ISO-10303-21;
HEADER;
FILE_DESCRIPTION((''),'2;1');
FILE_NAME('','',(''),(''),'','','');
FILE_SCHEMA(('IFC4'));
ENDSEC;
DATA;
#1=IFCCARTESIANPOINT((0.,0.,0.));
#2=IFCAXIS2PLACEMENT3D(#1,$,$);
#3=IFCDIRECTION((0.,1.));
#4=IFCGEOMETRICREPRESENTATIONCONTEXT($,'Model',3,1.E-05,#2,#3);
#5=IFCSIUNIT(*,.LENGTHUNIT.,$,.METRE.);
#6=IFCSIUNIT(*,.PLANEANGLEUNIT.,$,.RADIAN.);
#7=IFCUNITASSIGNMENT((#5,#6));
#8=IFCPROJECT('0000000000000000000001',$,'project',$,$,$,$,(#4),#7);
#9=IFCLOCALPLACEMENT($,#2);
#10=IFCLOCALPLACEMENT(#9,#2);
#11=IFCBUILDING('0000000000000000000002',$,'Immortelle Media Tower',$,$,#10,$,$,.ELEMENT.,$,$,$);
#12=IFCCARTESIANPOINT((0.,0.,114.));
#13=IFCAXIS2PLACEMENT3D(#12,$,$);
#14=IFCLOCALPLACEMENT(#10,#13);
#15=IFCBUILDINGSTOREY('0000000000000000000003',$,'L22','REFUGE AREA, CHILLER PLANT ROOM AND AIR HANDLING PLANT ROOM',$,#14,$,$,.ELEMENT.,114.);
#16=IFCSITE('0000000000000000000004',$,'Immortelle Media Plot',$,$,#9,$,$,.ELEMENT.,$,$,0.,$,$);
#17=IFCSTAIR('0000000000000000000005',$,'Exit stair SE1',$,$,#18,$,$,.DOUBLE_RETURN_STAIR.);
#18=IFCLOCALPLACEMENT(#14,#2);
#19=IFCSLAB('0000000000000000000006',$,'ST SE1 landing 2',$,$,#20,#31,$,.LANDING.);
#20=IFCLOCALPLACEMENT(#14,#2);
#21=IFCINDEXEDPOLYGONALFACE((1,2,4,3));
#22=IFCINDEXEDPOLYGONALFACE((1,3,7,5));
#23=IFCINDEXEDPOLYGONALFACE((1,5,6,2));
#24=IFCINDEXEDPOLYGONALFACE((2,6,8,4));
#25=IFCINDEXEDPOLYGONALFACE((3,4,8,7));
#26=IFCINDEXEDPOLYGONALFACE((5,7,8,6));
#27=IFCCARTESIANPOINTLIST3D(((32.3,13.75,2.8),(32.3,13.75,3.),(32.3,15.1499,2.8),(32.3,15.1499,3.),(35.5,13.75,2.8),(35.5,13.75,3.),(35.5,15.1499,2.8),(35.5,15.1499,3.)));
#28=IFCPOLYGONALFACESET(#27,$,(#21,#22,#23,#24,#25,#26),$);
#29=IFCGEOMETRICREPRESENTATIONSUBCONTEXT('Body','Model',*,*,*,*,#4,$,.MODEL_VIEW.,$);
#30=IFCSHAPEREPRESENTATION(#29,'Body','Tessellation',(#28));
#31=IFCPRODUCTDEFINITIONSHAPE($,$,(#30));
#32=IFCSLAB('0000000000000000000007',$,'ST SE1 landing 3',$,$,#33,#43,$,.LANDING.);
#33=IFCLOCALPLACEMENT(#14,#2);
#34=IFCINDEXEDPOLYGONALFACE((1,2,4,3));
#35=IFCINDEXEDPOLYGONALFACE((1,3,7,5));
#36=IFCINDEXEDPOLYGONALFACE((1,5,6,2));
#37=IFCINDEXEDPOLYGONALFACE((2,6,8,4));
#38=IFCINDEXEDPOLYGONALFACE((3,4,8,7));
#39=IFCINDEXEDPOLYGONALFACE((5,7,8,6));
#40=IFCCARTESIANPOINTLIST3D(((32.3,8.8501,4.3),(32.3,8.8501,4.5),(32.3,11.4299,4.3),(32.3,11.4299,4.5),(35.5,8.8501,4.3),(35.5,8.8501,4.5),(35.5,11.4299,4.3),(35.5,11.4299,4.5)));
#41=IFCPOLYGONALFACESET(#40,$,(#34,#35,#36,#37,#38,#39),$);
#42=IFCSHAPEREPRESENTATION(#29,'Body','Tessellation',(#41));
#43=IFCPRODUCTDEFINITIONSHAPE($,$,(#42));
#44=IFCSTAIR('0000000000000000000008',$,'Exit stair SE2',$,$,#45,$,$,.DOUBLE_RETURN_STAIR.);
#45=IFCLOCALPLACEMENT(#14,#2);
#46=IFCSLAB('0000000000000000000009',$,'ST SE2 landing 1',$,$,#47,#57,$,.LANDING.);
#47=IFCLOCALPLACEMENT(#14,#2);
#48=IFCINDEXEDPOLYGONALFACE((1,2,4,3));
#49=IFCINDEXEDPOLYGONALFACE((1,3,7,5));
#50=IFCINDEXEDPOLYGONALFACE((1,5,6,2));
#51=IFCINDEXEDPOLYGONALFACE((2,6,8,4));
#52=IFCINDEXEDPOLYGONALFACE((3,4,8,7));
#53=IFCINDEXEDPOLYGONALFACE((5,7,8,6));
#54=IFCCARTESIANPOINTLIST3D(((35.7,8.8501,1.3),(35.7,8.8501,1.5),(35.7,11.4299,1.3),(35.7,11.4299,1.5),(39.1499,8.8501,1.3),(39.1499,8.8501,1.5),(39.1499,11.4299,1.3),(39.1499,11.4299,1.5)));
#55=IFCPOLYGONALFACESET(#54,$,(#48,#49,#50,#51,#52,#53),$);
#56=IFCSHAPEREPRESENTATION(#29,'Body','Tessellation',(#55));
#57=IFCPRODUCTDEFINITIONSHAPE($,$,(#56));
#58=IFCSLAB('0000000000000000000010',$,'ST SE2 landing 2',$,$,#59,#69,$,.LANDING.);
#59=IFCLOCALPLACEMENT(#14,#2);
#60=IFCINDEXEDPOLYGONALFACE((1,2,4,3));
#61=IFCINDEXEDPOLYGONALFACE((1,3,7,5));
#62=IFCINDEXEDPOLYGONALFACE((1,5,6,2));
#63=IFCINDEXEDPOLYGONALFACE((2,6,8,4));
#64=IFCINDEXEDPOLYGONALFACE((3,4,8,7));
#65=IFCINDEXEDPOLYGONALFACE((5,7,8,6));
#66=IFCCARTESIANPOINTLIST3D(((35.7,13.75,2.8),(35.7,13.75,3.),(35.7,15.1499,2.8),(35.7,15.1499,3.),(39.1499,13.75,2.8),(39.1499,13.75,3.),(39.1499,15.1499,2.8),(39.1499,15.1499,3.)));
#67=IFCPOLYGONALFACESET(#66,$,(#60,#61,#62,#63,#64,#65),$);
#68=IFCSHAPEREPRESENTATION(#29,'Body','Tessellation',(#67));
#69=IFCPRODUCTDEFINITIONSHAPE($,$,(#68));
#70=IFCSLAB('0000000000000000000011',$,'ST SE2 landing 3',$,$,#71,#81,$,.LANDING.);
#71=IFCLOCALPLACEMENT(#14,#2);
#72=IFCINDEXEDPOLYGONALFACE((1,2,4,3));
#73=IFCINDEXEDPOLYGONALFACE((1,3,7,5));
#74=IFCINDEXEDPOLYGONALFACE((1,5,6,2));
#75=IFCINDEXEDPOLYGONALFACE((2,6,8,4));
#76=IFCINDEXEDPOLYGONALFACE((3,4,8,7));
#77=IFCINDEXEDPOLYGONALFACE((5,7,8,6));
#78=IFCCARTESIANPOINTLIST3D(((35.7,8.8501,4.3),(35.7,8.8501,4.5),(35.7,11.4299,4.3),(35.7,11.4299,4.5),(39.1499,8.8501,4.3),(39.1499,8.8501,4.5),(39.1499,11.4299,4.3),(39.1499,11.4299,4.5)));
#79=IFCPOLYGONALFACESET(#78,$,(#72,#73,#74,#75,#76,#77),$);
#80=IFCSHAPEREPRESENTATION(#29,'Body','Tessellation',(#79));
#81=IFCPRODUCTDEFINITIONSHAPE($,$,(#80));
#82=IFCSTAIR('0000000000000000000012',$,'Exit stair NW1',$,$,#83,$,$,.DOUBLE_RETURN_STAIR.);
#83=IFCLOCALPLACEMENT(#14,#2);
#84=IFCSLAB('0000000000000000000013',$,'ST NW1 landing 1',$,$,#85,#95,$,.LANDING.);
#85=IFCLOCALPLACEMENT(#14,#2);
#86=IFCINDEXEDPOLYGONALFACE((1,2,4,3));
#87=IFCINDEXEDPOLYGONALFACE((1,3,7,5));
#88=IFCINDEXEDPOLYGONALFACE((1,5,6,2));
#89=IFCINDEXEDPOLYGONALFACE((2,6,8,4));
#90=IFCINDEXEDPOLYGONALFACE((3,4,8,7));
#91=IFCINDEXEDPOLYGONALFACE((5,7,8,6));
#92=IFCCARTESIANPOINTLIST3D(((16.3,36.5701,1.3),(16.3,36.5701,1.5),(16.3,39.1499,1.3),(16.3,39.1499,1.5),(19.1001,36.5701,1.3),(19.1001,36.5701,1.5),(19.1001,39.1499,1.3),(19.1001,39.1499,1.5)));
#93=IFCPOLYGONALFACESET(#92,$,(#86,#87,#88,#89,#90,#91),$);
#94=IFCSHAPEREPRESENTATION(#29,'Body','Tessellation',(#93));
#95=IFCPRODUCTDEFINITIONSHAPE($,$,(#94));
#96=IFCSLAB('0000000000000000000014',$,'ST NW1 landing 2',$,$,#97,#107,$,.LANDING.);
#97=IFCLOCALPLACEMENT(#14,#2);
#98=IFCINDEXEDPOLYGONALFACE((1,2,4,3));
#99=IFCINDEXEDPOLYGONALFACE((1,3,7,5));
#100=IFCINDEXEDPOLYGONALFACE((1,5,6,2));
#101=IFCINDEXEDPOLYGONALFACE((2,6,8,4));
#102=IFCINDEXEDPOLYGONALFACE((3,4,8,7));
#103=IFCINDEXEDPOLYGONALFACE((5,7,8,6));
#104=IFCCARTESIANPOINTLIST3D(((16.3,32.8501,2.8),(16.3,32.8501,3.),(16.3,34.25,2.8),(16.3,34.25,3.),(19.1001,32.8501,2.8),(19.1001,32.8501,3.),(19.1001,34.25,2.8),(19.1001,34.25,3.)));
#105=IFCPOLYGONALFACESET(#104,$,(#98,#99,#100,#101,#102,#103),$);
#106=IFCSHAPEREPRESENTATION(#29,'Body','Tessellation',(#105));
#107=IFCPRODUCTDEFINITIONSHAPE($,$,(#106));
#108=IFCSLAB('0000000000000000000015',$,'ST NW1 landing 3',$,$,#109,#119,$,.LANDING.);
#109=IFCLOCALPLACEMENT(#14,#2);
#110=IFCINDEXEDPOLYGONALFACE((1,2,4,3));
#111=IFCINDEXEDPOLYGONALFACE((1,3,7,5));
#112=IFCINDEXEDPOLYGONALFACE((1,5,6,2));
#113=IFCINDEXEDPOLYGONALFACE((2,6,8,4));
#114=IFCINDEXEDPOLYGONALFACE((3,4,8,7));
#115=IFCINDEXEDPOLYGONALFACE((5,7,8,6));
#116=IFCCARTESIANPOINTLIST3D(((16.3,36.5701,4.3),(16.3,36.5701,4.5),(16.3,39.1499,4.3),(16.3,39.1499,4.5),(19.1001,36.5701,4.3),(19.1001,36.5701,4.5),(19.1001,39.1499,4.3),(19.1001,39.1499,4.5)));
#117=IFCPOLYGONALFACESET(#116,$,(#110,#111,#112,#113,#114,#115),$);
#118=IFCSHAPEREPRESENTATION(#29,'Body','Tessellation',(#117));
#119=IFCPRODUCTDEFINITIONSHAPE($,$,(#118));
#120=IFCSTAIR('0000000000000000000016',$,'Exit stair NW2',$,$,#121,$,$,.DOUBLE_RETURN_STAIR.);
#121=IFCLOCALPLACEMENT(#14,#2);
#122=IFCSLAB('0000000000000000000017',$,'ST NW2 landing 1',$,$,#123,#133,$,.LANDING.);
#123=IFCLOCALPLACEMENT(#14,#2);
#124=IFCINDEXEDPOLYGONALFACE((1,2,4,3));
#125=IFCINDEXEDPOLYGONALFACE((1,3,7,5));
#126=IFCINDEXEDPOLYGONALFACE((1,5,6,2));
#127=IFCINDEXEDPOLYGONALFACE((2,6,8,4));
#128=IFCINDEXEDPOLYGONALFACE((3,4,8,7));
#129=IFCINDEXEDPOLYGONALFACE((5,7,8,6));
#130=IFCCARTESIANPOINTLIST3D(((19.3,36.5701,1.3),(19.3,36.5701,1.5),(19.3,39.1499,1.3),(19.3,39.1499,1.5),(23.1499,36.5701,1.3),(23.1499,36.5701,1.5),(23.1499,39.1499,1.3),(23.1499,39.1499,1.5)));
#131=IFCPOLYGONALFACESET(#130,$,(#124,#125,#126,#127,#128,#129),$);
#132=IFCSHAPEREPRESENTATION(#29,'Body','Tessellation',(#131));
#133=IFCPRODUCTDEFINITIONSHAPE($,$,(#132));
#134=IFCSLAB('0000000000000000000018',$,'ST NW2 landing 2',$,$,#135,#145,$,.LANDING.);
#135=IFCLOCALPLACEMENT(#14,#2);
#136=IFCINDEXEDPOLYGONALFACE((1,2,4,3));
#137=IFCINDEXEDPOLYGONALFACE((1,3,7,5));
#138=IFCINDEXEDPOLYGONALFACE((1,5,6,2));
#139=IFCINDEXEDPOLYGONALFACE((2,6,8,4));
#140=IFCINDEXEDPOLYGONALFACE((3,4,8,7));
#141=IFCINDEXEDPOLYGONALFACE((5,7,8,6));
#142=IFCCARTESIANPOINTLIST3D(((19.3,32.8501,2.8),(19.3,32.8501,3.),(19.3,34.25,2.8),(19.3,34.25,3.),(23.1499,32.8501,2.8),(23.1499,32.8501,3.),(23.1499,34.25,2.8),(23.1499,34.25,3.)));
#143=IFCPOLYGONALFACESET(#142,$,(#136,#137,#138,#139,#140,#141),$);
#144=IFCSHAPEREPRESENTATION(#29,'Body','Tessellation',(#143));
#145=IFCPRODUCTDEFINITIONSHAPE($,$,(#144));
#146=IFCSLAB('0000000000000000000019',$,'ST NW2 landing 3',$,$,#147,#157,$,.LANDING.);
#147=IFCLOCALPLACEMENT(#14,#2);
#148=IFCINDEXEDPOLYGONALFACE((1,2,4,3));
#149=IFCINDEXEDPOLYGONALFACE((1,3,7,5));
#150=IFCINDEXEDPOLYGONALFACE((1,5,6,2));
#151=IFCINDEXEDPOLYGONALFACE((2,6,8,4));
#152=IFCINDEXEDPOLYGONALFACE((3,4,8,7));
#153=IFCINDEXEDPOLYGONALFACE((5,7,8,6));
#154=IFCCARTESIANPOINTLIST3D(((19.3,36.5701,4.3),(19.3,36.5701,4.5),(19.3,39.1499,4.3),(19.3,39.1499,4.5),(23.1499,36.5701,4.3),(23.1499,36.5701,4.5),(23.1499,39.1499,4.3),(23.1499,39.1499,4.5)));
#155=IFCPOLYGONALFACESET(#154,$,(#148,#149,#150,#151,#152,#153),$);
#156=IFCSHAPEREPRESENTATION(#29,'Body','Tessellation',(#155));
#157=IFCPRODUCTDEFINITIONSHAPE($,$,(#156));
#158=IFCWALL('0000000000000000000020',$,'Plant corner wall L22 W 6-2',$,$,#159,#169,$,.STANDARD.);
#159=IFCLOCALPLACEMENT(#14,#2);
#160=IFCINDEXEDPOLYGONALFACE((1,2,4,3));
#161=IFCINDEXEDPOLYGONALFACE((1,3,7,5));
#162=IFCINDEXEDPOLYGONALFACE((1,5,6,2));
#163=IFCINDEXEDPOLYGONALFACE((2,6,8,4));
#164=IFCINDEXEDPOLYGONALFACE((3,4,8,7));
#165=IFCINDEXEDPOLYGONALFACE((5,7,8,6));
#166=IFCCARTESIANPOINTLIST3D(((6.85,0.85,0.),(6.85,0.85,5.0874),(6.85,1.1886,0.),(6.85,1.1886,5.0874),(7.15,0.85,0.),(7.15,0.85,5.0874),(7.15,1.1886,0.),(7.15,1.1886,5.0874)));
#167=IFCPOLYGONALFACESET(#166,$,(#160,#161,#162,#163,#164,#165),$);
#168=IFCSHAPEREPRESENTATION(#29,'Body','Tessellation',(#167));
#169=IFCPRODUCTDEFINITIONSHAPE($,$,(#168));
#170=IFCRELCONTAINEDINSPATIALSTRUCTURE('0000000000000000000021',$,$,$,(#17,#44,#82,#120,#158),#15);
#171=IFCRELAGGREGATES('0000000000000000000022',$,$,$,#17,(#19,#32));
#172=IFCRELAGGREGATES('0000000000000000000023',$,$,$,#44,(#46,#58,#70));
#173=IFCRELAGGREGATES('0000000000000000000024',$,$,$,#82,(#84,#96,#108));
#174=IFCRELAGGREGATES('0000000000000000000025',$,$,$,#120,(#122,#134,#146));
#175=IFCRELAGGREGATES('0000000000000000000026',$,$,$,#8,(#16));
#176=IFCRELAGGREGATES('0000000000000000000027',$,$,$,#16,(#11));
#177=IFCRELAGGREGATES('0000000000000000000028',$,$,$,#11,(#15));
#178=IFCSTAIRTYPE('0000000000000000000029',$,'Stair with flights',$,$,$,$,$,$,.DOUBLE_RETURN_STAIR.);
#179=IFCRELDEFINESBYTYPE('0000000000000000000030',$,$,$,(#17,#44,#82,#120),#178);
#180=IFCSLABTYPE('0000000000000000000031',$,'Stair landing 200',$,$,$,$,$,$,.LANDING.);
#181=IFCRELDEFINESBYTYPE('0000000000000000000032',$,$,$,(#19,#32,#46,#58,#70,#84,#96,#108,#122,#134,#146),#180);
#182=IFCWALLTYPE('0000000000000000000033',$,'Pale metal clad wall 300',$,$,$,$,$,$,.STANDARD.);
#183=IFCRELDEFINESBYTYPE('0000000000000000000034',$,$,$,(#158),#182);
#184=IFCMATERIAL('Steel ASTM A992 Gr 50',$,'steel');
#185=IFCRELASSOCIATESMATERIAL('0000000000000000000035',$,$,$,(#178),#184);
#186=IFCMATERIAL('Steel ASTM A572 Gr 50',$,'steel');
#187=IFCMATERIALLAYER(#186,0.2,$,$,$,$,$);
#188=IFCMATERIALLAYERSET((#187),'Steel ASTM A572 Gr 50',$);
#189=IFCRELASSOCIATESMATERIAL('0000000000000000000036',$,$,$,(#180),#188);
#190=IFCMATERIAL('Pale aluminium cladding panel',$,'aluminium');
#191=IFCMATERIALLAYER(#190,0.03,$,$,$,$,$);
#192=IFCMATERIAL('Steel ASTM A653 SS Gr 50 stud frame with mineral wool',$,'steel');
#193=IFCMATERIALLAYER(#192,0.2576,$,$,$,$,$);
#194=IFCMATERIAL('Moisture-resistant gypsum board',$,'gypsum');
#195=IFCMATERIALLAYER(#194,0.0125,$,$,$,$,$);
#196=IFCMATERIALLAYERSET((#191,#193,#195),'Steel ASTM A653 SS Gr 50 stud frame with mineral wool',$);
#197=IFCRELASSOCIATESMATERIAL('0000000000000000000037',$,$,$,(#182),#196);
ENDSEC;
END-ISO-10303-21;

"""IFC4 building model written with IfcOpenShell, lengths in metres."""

from ifc_helpers import new_model, si_unit, direction, frame, frame_2d, origin, place, context, subcontext, project, spatial, polyline, rectangle, outline, extrude, material, layer, layer_set, type_object, element, aggregate, save


model = new_model("IFC4")

# Units and contexts
model_context = context("Model", 3, precision=1e-05, world=origin(), true_north=direction((0.0, 1.0)))
body_context = subcontext(model_context, "Body", "Model", "MODEL_VIEW")
ifc_project = project(units=[si_unit("LENGTHUNIT", "METRE"), si_unit("PLANEANGLEUNIT", "RADIAN")], contexts=[model_context])

# Site, building, storey
site_placement = place(None, origin())
site = spatial("IfcSite", under=ifc_project, at=site_placement, Name="Immortelle Media Plot", CompositionType="ELEMENT", RefElevation=0.0)
building_placement = place(site_placement, origin())
building = spatial("IfcBuilding", under=site, at=building_placement, Name="Immortelle Media Tower", CompositionType="ELEMENT")
storey_placement = place(building_placement, frame((0.0, 0.0, 114.0)))
storey = spatial("IfcBuildingStorey", under=building, at=storey_placement, Name="L22", Description="REFUGE AREA, CHILLER PLANT ROOM AND AIR HANDLING PLANT ROOM", CompositionType="ELEMENT", Elevation=114.0)

# Shared definitions
ifc_material_1 = material(Name="Steel ASTM A992 Gr 50", Category="steel")

# Stairs, slabs
stair_type = type_object("IfcStairType", Name="Stair with flights", PredefinedType="DOUBLE_RETURN_STAIR", material=ifc_material_1)
ifc_material_2 = material(Name="Steel ASTM A572 Gr 50", Category="steel")
ifc_layer_1 = layer(ifc_material_2, 0.2)
ifc_layer_set_1 = layer_set([ifc_layer_1], Name="Steel ASTM A572 Gr 50")
slab_type_1 = type_object("IfcSlabType", Name="Stair landing 200", PredefinedType="LANDING", material=ifc_layer_set_1)
stair_1_placement = place(storey_placement, origin())
stair_1 = element("IfcStair", 1, at=stair_1_placement, inside=storey, type_object=stair_type, Name="Exit stair SE1", PredefinedType="DOUBLE_RETURN_STAIR")
slab_1_placement = place(storey_placement, frame((0.0, 0.0, 2.8)))
slab_1 = element("IfcSlab", 2, at=slab_1_placement, type_object=slab_type_1, Name="ST SE1 landing 2", PredefinedType="LANDING", context=body_context, shape_type="SweptSolid", body=[
    extrude(outline(polyline([(32.3, 13.75), (35.5, 13.75), (35.5, 15.1499), (32.3, 15.1499), (32.3, 13.75)])), origin(), (0.0, 0.0, 1.0), 0.2),
])
slab_2_placement = place(storey_placement, frame((0.0, 0.0, 4.3)))
slab_2 = element("IfcSlab", 3, at=slab_2_placement, type_object=slab_type_1, Name="ST SE1 landing 3", PredefinedType="LANDING", context=body_context, shape_type="SweptSolid", body=[
    extrude(outline(polyline([(32.3, 8.8501), (35.5, 8.8501), (35.5, 11.4299), (32.3, 11.4299), (32.3, 8.8501)])), origin(), (0.0, 0.0, 1.0), 0.2),
])
aggregate(stair_1, [slab_1, slab_2])
stair_2_placement = place(storey_placement, origin())
stair_2 = element("IfcStair", 4, at=stair_2_placement, inside=storey, type_object=stair_type, Name="Exit stair SE2", PredefinedType="DOUBLE_RETURN_STAIR")
slab_3_placement = place(storey_placement, frame((0.0, 0.0, 1.3)))
slab_3 = element("IfcSlab", 5, at=slab_3_placement, type_object=slab_type_1, Name="ST SE2 landing 1", PredefinedType="LANDING", context=body_context, shape_type="SweptSolid", body=[
    extrude(outline(polyline([(35.7, 8.8501), (39.1499, 8.8501), (39.1499, 11.4299), (35.7, 11.4299), (35.7, 8.8501)])), origin(), (0.0, 0.0, 1.0), 0.2),
])
slab_4_placement = place(storey_placement, frame((0.0, 0.0, 2.8)))
slab_4 = element("IfcSlab", 6, at=slab_4_placement, type_object=slab_type_1, Name="ST SE2 landing 2", PredefinedType="LANDING", context=body_context, shape_type="SweptSolid", body=[
    extrude(outline(polyline([(35.7, 13.75), (39.1499, 13.75), (39.1499, 15.1499), (35.7, 15.1499), (35.7, 13.75)])), origin(), (0.0, 0.0, 1.0), 0.2),
])
slab_5_placement = place(storey_placement, frame((0.0, 0.0, 4.3)))
slab_5 = element("IfcSlab", 7, at=slab_5_placement, type_object=slab_type_1, Name="ST SE2 landing 3", PredefinedType="LANDING", context=body_context, shape_type="SweptSolid", body=[
    extrude(outline(polyline([(35.7, 8.8501), (39.1499, 8.8501), (39.1499, 11.4299), (35.7, 11.4299), (35.7, 8.8501)])), origin(), (0.0, 0.0, 1.0), 0.2),
])
aggregate(stair_2, [slab_3, slab_4, slab_5])
stair_3_placement = place(storey_placement, origin())
stair_3 = element("IfcStair", 8, at=stair_3_placement, inside=storey, type_object=stair_type, Name="Exit stair NW1", PredefinedType="DOUBLE_RETURN_STAIR")
slab_6_placement = place(storey_placement, frame((0.0, 0.0, 1.3)))
slab_6 = element("IfcSlab", 9, at=slab_6_placement, type_object=slab_type_1, Name="ST NW1 landing 1", PredefinedType="LANDING", context=body_context, shape_type="SweptSolid", body=[
    extrude(outline(polyline([(16.3, 36.5701), (19.1001, 36.5701), (19.1001, 39.1499), (16.3, 39.1499), (16.3, 36.5701)])), origin(), (0.0, 0.0, 1.0), 0.2),
])
slab_7_placement = place(storey_placement, frame((0.0, 0.0, 2.8)))
slab_7 = element("IfcSlab", 10, at=slab_7_placement, type_object=slab_type_1, Name="ST NW1 landing 2", PredefinedType="LANDING", context=body_context, shape_type="SweptSolid", body=[
    extrude(outline(polyline([(16.3, 32.8501), (19.1001, 32.8501), (19.1001, 34.25), (16.3, 34.25), (16.3, 32.8501)])), origin(), (0.0, 0.0, 1.0), 0.2),
])
slab_8_placement = place(storey_placement, frame((0.0, 0.0, 4.3)))
slab_8 = element("IfcSlab", 11, at=slab_8_placement, type_object=slab_type_1, Name="ST NW1 landing 3", PredefinedType="LANDING", context=body_context, shape_type="SweptSolid", body=[
    extrude(outline(polyline([(16.3, 36.5701), (19.1001, 36.5701), (19.1001, 39.1499), (16.3, 39.1499), (16.3, 36.5701)])), origin(), (0.0, 0.0, 1.0), 0.2),
])
aggregate(stair_3, [slab_6, slab_7, slab_8])
stair_4_placement = place(storey_placement, origin())
stair_4 = element("IfcStair", 12, at=stair_4_placement, inside=storey, type_object=stair_type, Name="Exit stair NW2", PredefinedType="DOUBLE_RETURN_STAIR")
slab_9_placement = place(storey_placement, frame((0.0, 0.0, 1.3)))
slab_9 = element("IfcSlab", 13, at=slab_9_placement, type_object=slab_type_1, Name="ST NW2 landing 1", PredefinedType="LANDING", context=body_context, shape_type="SweptSolid", body=[
    extrude(outline(polyline([(19.3, 36.5701), (23.1499, 36.5701), (23.1499, 39.1499), (19.3, 39.1499), (19.3, 36.5701)])), origin(), (0.0, 0.0, 1.0), 0.2),
])
slab_10_placement = place(storey_placement, frame((0.0, 0.0, 2.8)))
slab_10 = element("IfcSlab", 14, at=slab_10_placement, type_object=slab_type_1, Name="ST NW2 landing 2", PredefinedType="LANDING", context=body_context, shape_type="SweptSolid", body=[
    extrude(outline(polyline([(19.3, 32.8501), (23.1499, 32.8501), (23.1499, 34.25), (19.3, 34.25), (19.3, 32.8501)])), origin(), (0.0, 0.0, 1.0), 0.2),
])
slab_11_placement = place(storey_placement, frame((0.0, 0.0, 4.3)))
slab_11 = element("IfcSlab", 15, at=slab_11_placement, type_object=slab_type_1, Name="ST NW2 landing 3", PredefinedType="LANDING", context=body_context, shape_type="SweptSolid", body=[
    extrude(outline(polyline([(19.3, 36.5701), (23.1499, 36.5701), (23.1499, 39.1499), (19.3, 39.1499), (19.3, 36.5701)])), origin(), (0.0, 0.0, 1.0), 0.2),
])
aggregate(stair_4, [slab_9, slab_10, slab_11])

# Wall
ifc_material_3 = material(Name="Pale aluminium cladding panel", Category="aluminium")
ifc_layer_2 = layer(ifc_material_3, 0.03)
ifc_material_4 = material(Name="Steel ASTM A653 SS Gr 50 stud frame with mineral wool", Category="steel")
ifc_layer_3 = layer(ifc_material_4, 0.2576)
ifc_material_5 = material(Name="Moisture-resistant gypsum board", Category="gypsum")
ifc_layer_4 = layer(ifc_material_5, 0.0125)
ifc_layer_set_2 = layer_set([ifc_layer_2, ifc_layer_3, ifc_layer_4], Name="Steel ASTM A653 SS Gr 50 stud frame with mineral wool")
wall_type = type_object("IfcWallType", Name="Pale metal clad wall 300", PredefinedType="STANDARD", material=ifc_layer_set_2)
wall_placement = place(storey_placement, frame((7.0, 1.1887, 0.0), z_axis=(0.0, 0.0, 1.0), x_axis=(0.0, -1.0, 0.0)))
element("IfcWall", 16, at=wall_placement, inside=storey, type_object=wall_type, Name="Plant corner wall L22 W 6-2", PredefinedType="STANDARD", context=body_context, shape_type="SweptSolid", body=[
    extrude(rectangle(XDim=0.3386, YDim=0.3, at=frame_2d((0.1694, 0.0))), origin(), (0.0, 0.0, 1.0), 5.0874),
])

save(model, "model.ifc")
